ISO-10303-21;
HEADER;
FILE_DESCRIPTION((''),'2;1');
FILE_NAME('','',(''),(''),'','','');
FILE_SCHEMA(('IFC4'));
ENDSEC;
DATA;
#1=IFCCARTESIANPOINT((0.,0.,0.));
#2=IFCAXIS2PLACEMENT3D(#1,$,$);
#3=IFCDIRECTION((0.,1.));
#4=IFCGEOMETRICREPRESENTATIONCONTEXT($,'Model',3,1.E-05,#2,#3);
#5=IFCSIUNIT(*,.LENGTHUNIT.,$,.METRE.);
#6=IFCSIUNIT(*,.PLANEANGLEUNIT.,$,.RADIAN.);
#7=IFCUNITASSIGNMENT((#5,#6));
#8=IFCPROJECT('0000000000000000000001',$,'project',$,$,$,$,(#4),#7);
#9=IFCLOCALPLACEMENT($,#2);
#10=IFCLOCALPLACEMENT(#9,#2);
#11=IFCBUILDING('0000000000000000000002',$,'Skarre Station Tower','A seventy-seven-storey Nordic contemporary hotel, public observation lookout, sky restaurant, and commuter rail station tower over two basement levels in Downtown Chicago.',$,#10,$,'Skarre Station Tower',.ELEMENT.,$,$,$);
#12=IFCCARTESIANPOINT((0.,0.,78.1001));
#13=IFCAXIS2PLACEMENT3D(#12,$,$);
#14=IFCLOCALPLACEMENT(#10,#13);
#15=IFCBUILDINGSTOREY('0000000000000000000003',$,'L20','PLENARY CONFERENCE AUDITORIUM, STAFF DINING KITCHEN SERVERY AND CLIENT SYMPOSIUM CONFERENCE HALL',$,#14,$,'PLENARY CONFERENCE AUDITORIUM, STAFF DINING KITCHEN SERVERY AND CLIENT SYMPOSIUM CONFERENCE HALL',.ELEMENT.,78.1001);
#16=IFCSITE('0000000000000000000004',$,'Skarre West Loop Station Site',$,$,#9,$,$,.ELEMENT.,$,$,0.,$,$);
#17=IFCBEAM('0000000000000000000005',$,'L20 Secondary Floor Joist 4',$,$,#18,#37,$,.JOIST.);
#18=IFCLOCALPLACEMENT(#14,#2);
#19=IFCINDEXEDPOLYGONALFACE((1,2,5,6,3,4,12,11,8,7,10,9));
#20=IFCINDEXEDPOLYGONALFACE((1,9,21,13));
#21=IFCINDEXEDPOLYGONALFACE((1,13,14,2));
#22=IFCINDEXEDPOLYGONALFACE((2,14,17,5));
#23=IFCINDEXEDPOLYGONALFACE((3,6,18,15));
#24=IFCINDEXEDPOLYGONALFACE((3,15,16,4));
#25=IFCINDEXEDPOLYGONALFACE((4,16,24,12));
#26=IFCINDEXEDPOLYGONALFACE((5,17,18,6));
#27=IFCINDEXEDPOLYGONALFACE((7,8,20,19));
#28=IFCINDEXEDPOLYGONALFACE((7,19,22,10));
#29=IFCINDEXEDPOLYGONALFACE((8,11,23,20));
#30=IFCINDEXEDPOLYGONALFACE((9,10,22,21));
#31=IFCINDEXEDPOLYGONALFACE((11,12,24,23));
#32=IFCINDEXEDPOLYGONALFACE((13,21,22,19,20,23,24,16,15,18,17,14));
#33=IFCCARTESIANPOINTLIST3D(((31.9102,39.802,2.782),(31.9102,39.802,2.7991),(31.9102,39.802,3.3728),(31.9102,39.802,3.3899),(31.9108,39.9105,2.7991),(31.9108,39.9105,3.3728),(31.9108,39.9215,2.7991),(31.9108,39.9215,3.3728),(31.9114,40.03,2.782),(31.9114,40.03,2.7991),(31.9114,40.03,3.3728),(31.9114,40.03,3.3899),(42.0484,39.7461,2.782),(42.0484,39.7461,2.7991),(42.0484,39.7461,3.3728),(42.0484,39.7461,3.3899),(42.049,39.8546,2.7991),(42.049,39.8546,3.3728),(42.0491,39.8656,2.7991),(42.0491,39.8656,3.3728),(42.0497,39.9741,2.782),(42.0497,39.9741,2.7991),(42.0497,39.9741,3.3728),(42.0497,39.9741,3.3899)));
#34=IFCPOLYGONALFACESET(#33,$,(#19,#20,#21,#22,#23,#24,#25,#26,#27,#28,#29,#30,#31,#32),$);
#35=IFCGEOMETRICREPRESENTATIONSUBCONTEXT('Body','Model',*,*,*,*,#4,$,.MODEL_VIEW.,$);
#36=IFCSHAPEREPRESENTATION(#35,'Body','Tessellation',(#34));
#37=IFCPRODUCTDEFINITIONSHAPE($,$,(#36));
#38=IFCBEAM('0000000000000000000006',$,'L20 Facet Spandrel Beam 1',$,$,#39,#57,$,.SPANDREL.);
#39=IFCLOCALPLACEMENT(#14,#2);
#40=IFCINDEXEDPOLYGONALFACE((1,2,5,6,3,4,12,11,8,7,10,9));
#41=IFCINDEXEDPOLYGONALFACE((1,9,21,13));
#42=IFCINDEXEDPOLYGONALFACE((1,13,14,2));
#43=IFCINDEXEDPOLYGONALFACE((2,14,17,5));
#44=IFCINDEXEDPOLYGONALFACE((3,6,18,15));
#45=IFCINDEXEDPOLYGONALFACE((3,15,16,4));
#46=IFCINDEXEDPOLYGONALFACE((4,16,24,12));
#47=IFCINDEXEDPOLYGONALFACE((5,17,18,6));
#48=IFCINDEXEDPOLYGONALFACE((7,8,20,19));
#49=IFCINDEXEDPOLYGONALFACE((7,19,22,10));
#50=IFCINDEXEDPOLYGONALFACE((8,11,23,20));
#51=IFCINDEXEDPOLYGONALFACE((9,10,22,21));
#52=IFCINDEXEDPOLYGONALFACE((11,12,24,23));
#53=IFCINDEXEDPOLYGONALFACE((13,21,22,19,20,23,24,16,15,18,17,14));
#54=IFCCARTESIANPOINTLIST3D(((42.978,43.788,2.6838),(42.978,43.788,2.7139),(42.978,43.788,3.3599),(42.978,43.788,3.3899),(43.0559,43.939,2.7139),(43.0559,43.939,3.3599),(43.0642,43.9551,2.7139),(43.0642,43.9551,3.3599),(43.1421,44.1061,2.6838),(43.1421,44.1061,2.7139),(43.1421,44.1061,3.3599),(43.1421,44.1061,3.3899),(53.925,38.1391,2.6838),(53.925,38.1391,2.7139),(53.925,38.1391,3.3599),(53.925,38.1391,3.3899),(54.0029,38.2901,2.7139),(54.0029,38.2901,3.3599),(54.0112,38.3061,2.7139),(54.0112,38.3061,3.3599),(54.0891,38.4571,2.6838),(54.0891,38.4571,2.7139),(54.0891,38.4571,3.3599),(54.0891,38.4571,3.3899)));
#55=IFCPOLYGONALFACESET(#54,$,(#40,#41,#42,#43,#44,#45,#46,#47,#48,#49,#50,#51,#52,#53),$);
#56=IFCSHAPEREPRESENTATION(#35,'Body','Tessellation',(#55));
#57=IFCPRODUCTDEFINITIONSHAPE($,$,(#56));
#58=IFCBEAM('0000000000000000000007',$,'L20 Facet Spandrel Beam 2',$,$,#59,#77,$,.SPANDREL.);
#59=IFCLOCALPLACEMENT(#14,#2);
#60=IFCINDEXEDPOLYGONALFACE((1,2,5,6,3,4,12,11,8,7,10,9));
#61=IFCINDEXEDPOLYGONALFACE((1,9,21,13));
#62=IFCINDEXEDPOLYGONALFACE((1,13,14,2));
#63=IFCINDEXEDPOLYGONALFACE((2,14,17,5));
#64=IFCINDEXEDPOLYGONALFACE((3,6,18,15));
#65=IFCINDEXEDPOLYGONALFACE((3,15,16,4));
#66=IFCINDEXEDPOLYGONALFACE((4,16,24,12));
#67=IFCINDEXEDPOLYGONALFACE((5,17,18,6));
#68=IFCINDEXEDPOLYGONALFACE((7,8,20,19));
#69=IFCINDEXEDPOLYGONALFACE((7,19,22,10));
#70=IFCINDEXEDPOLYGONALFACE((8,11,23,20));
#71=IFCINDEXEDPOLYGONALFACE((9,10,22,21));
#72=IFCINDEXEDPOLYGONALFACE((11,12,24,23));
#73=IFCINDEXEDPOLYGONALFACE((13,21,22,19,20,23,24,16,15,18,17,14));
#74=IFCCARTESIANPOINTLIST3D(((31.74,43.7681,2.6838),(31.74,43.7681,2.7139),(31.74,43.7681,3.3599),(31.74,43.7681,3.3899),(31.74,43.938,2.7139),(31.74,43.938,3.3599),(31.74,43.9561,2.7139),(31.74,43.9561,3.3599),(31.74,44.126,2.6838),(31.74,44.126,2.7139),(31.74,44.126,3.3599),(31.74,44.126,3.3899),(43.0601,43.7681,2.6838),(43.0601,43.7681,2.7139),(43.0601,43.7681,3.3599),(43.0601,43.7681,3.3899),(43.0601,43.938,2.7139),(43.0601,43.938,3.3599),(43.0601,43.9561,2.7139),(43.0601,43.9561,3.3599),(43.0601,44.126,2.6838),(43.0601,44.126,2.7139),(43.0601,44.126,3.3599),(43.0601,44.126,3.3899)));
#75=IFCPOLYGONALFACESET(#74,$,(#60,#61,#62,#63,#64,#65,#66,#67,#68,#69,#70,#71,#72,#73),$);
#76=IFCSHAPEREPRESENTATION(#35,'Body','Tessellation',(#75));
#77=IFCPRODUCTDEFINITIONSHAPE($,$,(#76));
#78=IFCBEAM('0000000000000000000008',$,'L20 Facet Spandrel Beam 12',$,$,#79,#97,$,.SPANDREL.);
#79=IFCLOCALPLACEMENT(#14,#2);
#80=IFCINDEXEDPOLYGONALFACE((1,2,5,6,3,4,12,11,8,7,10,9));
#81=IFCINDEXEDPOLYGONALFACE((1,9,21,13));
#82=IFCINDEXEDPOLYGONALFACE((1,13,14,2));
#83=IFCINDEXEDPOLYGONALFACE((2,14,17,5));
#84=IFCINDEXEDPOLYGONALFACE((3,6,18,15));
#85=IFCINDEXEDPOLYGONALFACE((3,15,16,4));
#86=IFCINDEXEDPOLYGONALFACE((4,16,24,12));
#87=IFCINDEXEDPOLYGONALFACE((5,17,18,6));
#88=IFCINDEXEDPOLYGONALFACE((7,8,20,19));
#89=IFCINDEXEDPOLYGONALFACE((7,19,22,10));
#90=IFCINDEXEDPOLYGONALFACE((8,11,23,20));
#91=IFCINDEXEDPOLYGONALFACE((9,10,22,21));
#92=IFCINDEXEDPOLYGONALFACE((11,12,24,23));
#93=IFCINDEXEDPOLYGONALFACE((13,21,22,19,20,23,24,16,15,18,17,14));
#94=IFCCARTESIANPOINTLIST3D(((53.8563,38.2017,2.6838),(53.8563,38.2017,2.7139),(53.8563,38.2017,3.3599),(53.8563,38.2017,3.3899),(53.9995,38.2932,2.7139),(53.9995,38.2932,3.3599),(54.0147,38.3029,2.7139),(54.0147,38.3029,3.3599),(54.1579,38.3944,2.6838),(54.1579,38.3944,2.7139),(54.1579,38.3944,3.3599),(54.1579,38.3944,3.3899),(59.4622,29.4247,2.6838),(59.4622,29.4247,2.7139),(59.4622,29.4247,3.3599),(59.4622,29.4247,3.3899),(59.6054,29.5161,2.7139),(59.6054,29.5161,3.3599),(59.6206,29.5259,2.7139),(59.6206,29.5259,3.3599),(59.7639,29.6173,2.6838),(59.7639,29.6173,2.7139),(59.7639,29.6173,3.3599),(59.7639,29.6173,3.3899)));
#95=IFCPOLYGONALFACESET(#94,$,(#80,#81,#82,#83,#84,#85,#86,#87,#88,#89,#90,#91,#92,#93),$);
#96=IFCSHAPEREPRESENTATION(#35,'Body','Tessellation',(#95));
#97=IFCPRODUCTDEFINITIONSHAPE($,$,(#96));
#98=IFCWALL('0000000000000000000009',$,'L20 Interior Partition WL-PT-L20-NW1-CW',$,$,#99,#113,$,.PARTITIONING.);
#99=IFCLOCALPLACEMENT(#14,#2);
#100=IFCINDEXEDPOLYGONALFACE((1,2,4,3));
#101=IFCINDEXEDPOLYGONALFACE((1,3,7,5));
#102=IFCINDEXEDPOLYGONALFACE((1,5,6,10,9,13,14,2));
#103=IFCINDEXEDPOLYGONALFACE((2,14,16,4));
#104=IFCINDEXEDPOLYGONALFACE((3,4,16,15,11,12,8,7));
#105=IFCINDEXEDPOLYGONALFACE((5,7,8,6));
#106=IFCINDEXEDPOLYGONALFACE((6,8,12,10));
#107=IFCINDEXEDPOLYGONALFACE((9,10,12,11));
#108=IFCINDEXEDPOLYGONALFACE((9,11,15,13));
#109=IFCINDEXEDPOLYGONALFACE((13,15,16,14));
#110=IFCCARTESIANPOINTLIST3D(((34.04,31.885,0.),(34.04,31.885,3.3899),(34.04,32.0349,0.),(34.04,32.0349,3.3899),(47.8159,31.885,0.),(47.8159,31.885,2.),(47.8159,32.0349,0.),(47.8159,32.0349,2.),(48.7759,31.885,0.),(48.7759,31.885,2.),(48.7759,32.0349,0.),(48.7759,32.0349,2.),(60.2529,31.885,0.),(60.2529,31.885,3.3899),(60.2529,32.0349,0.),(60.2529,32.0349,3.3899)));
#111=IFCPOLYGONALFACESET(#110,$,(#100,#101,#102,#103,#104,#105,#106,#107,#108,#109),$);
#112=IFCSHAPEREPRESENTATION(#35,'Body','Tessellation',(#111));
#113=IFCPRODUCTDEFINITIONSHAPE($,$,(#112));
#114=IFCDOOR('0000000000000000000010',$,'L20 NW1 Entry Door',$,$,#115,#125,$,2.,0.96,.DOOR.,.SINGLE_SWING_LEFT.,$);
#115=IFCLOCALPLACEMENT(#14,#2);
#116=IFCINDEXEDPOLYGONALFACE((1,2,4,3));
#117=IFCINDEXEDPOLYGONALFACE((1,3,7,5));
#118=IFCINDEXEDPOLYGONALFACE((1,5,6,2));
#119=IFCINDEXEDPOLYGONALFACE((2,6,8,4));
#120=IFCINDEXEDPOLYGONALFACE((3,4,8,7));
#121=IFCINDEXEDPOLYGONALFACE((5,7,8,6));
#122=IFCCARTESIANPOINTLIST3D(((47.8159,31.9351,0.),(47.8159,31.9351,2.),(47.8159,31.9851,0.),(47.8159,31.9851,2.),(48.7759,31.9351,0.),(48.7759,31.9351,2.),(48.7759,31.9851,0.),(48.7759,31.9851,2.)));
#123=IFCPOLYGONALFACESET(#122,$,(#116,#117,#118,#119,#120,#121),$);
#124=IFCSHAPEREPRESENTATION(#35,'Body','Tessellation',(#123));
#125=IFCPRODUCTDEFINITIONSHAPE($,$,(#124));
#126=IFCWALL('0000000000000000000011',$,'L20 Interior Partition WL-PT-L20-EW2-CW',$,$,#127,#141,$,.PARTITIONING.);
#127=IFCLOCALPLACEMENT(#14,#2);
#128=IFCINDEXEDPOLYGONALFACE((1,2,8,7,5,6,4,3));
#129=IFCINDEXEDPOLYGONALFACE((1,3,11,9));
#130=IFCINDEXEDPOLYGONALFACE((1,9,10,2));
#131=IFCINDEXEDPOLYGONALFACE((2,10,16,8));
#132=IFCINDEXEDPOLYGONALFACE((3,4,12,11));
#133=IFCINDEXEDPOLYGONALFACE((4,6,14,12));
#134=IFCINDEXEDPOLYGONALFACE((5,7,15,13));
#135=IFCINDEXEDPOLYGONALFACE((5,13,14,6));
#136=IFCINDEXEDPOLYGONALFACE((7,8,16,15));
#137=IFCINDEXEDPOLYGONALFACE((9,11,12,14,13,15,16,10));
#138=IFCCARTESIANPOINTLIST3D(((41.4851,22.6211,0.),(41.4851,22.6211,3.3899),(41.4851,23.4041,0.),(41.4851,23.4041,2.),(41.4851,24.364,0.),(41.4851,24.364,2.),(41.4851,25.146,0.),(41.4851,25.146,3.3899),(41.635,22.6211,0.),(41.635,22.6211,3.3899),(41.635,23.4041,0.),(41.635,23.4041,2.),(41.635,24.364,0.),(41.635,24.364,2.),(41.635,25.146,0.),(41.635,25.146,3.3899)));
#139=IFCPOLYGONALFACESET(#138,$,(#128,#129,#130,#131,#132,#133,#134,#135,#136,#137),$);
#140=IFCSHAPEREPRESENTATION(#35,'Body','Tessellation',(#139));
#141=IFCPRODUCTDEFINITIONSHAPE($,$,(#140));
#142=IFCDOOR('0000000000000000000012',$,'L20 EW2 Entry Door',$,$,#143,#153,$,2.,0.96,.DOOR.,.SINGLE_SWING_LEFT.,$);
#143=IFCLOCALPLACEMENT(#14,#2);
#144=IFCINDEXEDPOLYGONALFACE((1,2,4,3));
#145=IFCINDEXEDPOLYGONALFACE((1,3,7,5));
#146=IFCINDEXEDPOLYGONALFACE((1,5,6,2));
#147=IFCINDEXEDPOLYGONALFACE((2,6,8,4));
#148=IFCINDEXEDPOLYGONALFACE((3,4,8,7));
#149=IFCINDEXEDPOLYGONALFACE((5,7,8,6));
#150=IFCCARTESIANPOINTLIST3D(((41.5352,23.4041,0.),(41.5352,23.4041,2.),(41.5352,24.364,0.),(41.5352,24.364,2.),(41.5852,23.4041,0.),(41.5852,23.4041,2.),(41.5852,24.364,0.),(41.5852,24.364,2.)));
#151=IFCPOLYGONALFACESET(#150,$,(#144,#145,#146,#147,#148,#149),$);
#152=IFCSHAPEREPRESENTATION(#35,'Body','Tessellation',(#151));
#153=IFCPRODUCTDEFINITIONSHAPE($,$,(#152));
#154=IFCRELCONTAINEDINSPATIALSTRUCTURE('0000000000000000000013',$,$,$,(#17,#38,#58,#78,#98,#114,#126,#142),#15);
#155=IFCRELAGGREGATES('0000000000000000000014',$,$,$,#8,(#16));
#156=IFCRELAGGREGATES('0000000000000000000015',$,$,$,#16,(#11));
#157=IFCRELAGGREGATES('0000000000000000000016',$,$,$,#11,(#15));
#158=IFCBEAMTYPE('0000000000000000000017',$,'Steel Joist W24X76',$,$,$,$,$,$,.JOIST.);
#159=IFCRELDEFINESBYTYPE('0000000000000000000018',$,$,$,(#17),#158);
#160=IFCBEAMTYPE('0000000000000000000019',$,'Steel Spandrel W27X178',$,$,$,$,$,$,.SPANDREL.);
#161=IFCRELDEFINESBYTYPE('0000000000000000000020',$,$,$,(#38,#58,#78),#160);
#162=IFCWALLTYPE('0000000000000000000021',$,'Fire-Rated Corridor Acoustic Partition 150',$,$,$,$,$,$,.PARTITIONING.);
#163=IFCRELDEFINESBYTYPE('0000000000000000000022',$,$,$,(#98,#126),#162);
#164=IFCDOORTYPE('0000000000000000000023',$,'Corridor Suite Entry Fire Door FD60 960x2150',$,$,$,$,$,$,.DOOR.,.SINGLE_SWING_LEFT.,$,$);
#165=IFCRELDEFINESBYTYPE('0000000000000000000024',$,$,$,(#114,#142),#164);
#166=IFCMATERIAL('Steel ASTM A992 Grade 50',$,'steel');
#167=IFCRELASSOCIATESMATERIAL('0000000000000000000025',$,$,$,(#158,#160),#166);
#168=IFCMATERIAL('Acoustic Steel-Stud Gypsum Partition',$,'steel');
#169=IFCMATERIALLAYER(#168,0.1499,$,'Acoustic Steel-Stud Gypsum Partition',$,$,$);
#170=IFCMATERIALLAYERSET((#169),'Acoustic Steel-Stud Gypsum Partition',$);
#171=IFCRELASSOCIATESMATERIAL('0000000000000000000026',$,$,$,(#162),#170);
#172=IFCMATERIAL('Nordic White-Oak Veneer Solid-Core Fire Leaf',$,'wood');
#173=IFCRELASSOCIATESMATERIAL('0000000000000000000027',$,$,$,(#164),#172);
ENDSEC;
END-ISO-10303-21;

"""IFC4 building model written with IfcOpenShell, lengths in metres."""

from ifc_helpers import new_model, si_unit, direction, frame, frame_2d, origin, origin_2d, place, context, subcontext, project, spatial, rectangle, i_section, extrude, material, layer, layer_set, material_profile, profile_set, type_object, element, fill, save


model = new_model("IFC4")

# Units and contexts
model_context = context("Model", 3, precision=1e-05, world=origin(), true_north=direction((0.0, 1.0)))
body_context = subcontext(model_context, "Body", "Model", "MODEL_VIEW")
ifc_project = project(units=[si_unit("LENGTHUNIT", "METRE"), si_unit("PLANEANGLEUNIT", "RADIAN")], contexts=[model_context])

# Site, building, storey
site_placement = place(None, origin())
site = spatial("IfcSite", under=ifc_project, at=site_placement, Name="Skarre West Loop Station Site", CompositionType="ELEMENT", RefElevation=0.0)
building_placement = place(site_placement, origin())
building = spatial("IfcBuilding", under=site, at=building_placement, Name="Skarre Station Tower", Description="A seventy-seven-storey Nordic contemporary hotel, public observation lookout, sky restaurant, and commuter rail station tower over two basement levels in Downtown Chicago.", LongName="Skarre Station Tower", CompositionType="ELEMENT")
storey_placement = place(building_placement, frame((0.0, 0.0, 78.1001)))
storey = spatial("IfcBuildingStorey", under=building, at=storey_placement, Name="L20", Description="PLENARY CONFERENCE AUDITORIUM, STAFF DINING KITCHEN SERVERY AND CLIENT SYMPOSIUM CONFERENCE HALL", LongName="PLENARY CONFERENCE AUDITORIUM, STAFF DINING KITCHEN SERVERY AND CLIENT SYMPOSIUM CONFERENCE HALL", CompositionType="ELEMENT", Elevation=78.1001)

# Beams
ifc_material_1 = material(Name="Steel ASTM A992 Grade 50", Category="steel")
ifc_material_profile_1 = material_profile(ifc_material_1, i_section(OverallWidth=0.228, OverallDepth=0.6079, WebThickness=0.011, FlangeThickness=0.0171, at=origin_2d()), Name="Steel ASTM A992 Grade 50")
ifc_profile_set_1 = profile_set([ifc_material_profile_1], Name="Steel ASTM A992 Grade 50")
beam_type_1 = type_object("IfcBeamType", Name="Steel Joist W24X76", PredefinedType="JOIST", material=ifc_profile_set_1)
beam_1_placement = place(storey_placement, frame((42.0491, 39.8601, 3.0859), z_axis=(-0.999985, 0.005515, 0.0), x_axis=(-0.005515, -0.999985, 0.0)))
element("IfcBeam", 1, at=beam_1_placement, inside=storey, type_object=beam_type_1, Name="L20 Secondary Floor Joist 4", PredefinedType="JOIST", context=body_context, shape_type="SweptSolid", body=[
    extrude(i_section(OverallWidth=0.228, OverallDepth=0.6079, WebThickness=0.011, FlangeThickness=0.0171, at=origin_2d()), origin(), (0.0, 0.0, 1.0), 10.1384),
])
ifc_material_profile_2 = material_profile(ifc_material_1, i_section(OverallWidth=0.3579, OverallDepth=0.7061, WebThickness=0.0181, FlangeThickness=0.03, at=origin_2d()), Name="Steel ASTM A992 Grade 50")
ifc_profile_set_2 = profile_set([ifc_material_profile_2], Name="Steel ASTM A992 Grade 50")
beam_type_2 = type_object("IfcBeamType", Name="Steel Spandrel W27X178", PredefinedType="SPANDREL", material=ifc_profile_set_2)
beam_2_placement = place(storey_placement, frame((54.0071, 38.2981, 3.0369), z_axis=(-0.888659, 0.458569, 0.0), x_axis=(-0.458569, -0.888659, 0.0)))
element("IfcBeam", 2, at=beam_2_placement, inside=storey, type_object=beam_type_2, Name="L20 Facet Spandrel Beam 1", PredefinedType="SPANDREL", context=body_context, shape_type="SweptSolid", body=[
    extrude(i_section(OverallWidth=0.3579, OverallDepth=0.7061, WebThickness=0.0181, FlangeThickness=0.03, at=origin_2d()), origin(), (0.0, 0.0, 1.0), 12.3186),
])
beam_3_placement = place(storey_placement, frame((43.0601, 43.947, 3.0369), z_axis=(-1.0, 0.0, 0.0), x_axis=(0.0, -1.0, 0.0)))
element("IfcBeam", 3, at=beam_3_placement, inside=storey, type_object=beam_type_2, Name="L20 Facet Spandrel Beam 2", PredefinedType="SPANDREL", context=body_context, shape_type="SweptSolid", body=[
    extrude(i_section(OverallWidth=0.3579, OverallDepth=0.7061, WebThickness=0.0181, FlangeThickness=0.03, at=origin_2d()), origin(), (0.0, 0.0, 1.0), 11.3201),
])
beam_4_placement = place(storey_placement, frame((59.613, 29.521, 3.0369), z_axis=(-0.538278, 0.842767, 0.0), x_axis=(-0.842767, -0.538278, 0.0)))
element("IfcBeam", 4, at=beam_4_placement, inside=storey, type_object=beam_type_2, Name="L20 Facet Spandrel Beam 12", PredefinedType="SPANDREL", context=body_context, shape_type="SweptSolid", body=[
    extrude(i_section(OverallWidth=0.3579, OverallDepth=0.7061, WebThickness=0.0181, FlangeThickness=0.03, at=origin_2d()), origin(), (0.0, 0.0, 1.0), 10.4146),
])

# Walls, openings, doors
ifc_material_2 = material(Name="Acoustic Steel-Stud Gypsum Partition", Category="steel")
ifc_layer_1 = layer(ifc_material_2, 0.1499, Name="Acoustic Steel-Stud Gypsum Partition")
ifc_layer_set_1 = layer_set([ifc_layer_1], Name="Acoustic Steel-Stud Gypsum Partition")
wall_type_1 = type_object("IfcWallType", Name="Fire-Rated Corridor Acoustic Partition 150", PredefinedType="PARTITIONING", material=ifc_layer_set_1)
wall_1_placement = place(storey_placement, frame((60.2529, 31.96, 0.0), z_axis=(0.0, 0.0, 1.0), x_axis=(-1.0, 0.0, 0.0)))
wall_1 = element("IfcWall", 5, at=wall_1_placement, inside=storey, type_object=wall_type_1, Name="L20 Interior Partition WL-PT-L20-NW1-CW", PredefinedType="PARTITIONING", context=body_context, shape_type="SweptSolid", body=[
    extrude(rectangle(XDim=26.2129, YDim=0.1499, at=frame_2d((13.1064, 0.0))), origin(), (0.0, 0.0, 1.0), 3.3899),
])
opening_1_placement = place(wall_1_placement, frame((11.4771, 0.0, 0.0)))
opening_1 = element("IfcOpeningElement", 6, at=opening_1_placement, cuts=wall_1, PredefinedType="OPENING", context=body_context, shape_type="SweptSolid", body=[
    extrude(rectangle(XDim=0.96, YDim=2.0, at=frame_2d((0.48, 1.0))), frame((0.0, 0.085, 0.0), z_axis=(0.0, -1.0, 0.0), x_axis=(1.0, 0.0, 0.0)), (0.0, 0.0, 1.0), 0.1699),
])
ifc_material_3 = material(Name="Nordic White-Oak Veneer Solid-Core Fire Leaf", Category="wood")
door_type = type_object("IfcDoorType", Name="Corridor Suite Entry Fire Door FD60 960x2150", OperationType="SINGLE_SWING_LEFT", PredefinedType="DOOR", material=ifc_material_3)
door_1_placement = place(opening_1_placement, origin())
door_1 = element("IfcDoor", 7, at=door_1_placement, inside=storey, type_object=door_type, Name="L20 NW1 Entry Door", OperationType="SINGLE_SWING_LEFT", OverallHeight=2.0, OverallWidth=0.96, PredefinedType="DOOR", context=body_context, shape_type="SweptSolid", body=[
    extrude(rectangle(XDim=0.96, YDim=2.0, at=frame_2d((0.48, 1.0))), frame((0.0, 0.0249, 0.0), z_axis=(0.0, -1.0, 0.0), x_axis=(1.0, 0.0, 0.0)), (0.0, 0.0, 1.0), 0.05),
])
fill(opening_1, door_1)
wall_2_placement = place(storey_placement, frame((41.5601, 22.6211, 0.0), z_axis=(0.0, 0.0, 1.0), x_axis=(0.0, 1.0, 0.0)))
wall_2 = element("IfcWall", 8, at=wall_2_placement, inside=storey, type_object=wall_type_1, Name="L20 Interior Partition WL-PT-L20-EW2-CW", PredefinedType="PARTITIONING", context=body_context, shape_type="SweptSolid", body=[
    extrude(rectangle(XDim=2.5249, YDim=0.1499, at=frame_2d((1.2625, 0.0))), origin(), (0.0, 0.0, 1.0), 3.3899),
])
opening_2_placement = place(wall_2_placement, frame((0.783, 0.0, 0.0)))
opening_2 = element("IfcOpeningElement", 9, at=opening_2_placement, cuts=wall_2, PredefinedType="OPENING", context=body_context, shape_type="SweptSolid", body=[
    extrude(rectangle(XDim=0.96, YDim=2.0, at=frame_2d((0.48, 1.0))), frame((0.0, 0.085, 0.0), z_axis=(0.0, -1.0, 0.0), x_axis=(1.0, 0.0, 0.0)), (0.0, 0.0, 1.0), 0.1699),
])
door_2_placement = place(opening_2_placement, origin())
door_2 = element("IfcDoor", 10, at=door_2_placement, inside=storey, type_object=door_type, Name="L20 EW2 Entry Door", OperationType="SINGLE_SWING_LEFT", OverallHeight=2.0, OverallWidth=0.96, PredefinedType="DOOR", context=body_context, shape_type="SweptSolid", body=[
    extrude(rectangle(XDim=0.96, YDim=2.0, at=frame_2d((0.48, 1.0))), frame((0.0, 0.0249, 0.0), z_axis=(0.0, -1.0, 0.0), x_axis=(1.0, 0.0, 0.0)), (0.0, 0.0, 1.0), 0.05),
])
fill(opening_2, door_2)

save(model, "model.ifc")
